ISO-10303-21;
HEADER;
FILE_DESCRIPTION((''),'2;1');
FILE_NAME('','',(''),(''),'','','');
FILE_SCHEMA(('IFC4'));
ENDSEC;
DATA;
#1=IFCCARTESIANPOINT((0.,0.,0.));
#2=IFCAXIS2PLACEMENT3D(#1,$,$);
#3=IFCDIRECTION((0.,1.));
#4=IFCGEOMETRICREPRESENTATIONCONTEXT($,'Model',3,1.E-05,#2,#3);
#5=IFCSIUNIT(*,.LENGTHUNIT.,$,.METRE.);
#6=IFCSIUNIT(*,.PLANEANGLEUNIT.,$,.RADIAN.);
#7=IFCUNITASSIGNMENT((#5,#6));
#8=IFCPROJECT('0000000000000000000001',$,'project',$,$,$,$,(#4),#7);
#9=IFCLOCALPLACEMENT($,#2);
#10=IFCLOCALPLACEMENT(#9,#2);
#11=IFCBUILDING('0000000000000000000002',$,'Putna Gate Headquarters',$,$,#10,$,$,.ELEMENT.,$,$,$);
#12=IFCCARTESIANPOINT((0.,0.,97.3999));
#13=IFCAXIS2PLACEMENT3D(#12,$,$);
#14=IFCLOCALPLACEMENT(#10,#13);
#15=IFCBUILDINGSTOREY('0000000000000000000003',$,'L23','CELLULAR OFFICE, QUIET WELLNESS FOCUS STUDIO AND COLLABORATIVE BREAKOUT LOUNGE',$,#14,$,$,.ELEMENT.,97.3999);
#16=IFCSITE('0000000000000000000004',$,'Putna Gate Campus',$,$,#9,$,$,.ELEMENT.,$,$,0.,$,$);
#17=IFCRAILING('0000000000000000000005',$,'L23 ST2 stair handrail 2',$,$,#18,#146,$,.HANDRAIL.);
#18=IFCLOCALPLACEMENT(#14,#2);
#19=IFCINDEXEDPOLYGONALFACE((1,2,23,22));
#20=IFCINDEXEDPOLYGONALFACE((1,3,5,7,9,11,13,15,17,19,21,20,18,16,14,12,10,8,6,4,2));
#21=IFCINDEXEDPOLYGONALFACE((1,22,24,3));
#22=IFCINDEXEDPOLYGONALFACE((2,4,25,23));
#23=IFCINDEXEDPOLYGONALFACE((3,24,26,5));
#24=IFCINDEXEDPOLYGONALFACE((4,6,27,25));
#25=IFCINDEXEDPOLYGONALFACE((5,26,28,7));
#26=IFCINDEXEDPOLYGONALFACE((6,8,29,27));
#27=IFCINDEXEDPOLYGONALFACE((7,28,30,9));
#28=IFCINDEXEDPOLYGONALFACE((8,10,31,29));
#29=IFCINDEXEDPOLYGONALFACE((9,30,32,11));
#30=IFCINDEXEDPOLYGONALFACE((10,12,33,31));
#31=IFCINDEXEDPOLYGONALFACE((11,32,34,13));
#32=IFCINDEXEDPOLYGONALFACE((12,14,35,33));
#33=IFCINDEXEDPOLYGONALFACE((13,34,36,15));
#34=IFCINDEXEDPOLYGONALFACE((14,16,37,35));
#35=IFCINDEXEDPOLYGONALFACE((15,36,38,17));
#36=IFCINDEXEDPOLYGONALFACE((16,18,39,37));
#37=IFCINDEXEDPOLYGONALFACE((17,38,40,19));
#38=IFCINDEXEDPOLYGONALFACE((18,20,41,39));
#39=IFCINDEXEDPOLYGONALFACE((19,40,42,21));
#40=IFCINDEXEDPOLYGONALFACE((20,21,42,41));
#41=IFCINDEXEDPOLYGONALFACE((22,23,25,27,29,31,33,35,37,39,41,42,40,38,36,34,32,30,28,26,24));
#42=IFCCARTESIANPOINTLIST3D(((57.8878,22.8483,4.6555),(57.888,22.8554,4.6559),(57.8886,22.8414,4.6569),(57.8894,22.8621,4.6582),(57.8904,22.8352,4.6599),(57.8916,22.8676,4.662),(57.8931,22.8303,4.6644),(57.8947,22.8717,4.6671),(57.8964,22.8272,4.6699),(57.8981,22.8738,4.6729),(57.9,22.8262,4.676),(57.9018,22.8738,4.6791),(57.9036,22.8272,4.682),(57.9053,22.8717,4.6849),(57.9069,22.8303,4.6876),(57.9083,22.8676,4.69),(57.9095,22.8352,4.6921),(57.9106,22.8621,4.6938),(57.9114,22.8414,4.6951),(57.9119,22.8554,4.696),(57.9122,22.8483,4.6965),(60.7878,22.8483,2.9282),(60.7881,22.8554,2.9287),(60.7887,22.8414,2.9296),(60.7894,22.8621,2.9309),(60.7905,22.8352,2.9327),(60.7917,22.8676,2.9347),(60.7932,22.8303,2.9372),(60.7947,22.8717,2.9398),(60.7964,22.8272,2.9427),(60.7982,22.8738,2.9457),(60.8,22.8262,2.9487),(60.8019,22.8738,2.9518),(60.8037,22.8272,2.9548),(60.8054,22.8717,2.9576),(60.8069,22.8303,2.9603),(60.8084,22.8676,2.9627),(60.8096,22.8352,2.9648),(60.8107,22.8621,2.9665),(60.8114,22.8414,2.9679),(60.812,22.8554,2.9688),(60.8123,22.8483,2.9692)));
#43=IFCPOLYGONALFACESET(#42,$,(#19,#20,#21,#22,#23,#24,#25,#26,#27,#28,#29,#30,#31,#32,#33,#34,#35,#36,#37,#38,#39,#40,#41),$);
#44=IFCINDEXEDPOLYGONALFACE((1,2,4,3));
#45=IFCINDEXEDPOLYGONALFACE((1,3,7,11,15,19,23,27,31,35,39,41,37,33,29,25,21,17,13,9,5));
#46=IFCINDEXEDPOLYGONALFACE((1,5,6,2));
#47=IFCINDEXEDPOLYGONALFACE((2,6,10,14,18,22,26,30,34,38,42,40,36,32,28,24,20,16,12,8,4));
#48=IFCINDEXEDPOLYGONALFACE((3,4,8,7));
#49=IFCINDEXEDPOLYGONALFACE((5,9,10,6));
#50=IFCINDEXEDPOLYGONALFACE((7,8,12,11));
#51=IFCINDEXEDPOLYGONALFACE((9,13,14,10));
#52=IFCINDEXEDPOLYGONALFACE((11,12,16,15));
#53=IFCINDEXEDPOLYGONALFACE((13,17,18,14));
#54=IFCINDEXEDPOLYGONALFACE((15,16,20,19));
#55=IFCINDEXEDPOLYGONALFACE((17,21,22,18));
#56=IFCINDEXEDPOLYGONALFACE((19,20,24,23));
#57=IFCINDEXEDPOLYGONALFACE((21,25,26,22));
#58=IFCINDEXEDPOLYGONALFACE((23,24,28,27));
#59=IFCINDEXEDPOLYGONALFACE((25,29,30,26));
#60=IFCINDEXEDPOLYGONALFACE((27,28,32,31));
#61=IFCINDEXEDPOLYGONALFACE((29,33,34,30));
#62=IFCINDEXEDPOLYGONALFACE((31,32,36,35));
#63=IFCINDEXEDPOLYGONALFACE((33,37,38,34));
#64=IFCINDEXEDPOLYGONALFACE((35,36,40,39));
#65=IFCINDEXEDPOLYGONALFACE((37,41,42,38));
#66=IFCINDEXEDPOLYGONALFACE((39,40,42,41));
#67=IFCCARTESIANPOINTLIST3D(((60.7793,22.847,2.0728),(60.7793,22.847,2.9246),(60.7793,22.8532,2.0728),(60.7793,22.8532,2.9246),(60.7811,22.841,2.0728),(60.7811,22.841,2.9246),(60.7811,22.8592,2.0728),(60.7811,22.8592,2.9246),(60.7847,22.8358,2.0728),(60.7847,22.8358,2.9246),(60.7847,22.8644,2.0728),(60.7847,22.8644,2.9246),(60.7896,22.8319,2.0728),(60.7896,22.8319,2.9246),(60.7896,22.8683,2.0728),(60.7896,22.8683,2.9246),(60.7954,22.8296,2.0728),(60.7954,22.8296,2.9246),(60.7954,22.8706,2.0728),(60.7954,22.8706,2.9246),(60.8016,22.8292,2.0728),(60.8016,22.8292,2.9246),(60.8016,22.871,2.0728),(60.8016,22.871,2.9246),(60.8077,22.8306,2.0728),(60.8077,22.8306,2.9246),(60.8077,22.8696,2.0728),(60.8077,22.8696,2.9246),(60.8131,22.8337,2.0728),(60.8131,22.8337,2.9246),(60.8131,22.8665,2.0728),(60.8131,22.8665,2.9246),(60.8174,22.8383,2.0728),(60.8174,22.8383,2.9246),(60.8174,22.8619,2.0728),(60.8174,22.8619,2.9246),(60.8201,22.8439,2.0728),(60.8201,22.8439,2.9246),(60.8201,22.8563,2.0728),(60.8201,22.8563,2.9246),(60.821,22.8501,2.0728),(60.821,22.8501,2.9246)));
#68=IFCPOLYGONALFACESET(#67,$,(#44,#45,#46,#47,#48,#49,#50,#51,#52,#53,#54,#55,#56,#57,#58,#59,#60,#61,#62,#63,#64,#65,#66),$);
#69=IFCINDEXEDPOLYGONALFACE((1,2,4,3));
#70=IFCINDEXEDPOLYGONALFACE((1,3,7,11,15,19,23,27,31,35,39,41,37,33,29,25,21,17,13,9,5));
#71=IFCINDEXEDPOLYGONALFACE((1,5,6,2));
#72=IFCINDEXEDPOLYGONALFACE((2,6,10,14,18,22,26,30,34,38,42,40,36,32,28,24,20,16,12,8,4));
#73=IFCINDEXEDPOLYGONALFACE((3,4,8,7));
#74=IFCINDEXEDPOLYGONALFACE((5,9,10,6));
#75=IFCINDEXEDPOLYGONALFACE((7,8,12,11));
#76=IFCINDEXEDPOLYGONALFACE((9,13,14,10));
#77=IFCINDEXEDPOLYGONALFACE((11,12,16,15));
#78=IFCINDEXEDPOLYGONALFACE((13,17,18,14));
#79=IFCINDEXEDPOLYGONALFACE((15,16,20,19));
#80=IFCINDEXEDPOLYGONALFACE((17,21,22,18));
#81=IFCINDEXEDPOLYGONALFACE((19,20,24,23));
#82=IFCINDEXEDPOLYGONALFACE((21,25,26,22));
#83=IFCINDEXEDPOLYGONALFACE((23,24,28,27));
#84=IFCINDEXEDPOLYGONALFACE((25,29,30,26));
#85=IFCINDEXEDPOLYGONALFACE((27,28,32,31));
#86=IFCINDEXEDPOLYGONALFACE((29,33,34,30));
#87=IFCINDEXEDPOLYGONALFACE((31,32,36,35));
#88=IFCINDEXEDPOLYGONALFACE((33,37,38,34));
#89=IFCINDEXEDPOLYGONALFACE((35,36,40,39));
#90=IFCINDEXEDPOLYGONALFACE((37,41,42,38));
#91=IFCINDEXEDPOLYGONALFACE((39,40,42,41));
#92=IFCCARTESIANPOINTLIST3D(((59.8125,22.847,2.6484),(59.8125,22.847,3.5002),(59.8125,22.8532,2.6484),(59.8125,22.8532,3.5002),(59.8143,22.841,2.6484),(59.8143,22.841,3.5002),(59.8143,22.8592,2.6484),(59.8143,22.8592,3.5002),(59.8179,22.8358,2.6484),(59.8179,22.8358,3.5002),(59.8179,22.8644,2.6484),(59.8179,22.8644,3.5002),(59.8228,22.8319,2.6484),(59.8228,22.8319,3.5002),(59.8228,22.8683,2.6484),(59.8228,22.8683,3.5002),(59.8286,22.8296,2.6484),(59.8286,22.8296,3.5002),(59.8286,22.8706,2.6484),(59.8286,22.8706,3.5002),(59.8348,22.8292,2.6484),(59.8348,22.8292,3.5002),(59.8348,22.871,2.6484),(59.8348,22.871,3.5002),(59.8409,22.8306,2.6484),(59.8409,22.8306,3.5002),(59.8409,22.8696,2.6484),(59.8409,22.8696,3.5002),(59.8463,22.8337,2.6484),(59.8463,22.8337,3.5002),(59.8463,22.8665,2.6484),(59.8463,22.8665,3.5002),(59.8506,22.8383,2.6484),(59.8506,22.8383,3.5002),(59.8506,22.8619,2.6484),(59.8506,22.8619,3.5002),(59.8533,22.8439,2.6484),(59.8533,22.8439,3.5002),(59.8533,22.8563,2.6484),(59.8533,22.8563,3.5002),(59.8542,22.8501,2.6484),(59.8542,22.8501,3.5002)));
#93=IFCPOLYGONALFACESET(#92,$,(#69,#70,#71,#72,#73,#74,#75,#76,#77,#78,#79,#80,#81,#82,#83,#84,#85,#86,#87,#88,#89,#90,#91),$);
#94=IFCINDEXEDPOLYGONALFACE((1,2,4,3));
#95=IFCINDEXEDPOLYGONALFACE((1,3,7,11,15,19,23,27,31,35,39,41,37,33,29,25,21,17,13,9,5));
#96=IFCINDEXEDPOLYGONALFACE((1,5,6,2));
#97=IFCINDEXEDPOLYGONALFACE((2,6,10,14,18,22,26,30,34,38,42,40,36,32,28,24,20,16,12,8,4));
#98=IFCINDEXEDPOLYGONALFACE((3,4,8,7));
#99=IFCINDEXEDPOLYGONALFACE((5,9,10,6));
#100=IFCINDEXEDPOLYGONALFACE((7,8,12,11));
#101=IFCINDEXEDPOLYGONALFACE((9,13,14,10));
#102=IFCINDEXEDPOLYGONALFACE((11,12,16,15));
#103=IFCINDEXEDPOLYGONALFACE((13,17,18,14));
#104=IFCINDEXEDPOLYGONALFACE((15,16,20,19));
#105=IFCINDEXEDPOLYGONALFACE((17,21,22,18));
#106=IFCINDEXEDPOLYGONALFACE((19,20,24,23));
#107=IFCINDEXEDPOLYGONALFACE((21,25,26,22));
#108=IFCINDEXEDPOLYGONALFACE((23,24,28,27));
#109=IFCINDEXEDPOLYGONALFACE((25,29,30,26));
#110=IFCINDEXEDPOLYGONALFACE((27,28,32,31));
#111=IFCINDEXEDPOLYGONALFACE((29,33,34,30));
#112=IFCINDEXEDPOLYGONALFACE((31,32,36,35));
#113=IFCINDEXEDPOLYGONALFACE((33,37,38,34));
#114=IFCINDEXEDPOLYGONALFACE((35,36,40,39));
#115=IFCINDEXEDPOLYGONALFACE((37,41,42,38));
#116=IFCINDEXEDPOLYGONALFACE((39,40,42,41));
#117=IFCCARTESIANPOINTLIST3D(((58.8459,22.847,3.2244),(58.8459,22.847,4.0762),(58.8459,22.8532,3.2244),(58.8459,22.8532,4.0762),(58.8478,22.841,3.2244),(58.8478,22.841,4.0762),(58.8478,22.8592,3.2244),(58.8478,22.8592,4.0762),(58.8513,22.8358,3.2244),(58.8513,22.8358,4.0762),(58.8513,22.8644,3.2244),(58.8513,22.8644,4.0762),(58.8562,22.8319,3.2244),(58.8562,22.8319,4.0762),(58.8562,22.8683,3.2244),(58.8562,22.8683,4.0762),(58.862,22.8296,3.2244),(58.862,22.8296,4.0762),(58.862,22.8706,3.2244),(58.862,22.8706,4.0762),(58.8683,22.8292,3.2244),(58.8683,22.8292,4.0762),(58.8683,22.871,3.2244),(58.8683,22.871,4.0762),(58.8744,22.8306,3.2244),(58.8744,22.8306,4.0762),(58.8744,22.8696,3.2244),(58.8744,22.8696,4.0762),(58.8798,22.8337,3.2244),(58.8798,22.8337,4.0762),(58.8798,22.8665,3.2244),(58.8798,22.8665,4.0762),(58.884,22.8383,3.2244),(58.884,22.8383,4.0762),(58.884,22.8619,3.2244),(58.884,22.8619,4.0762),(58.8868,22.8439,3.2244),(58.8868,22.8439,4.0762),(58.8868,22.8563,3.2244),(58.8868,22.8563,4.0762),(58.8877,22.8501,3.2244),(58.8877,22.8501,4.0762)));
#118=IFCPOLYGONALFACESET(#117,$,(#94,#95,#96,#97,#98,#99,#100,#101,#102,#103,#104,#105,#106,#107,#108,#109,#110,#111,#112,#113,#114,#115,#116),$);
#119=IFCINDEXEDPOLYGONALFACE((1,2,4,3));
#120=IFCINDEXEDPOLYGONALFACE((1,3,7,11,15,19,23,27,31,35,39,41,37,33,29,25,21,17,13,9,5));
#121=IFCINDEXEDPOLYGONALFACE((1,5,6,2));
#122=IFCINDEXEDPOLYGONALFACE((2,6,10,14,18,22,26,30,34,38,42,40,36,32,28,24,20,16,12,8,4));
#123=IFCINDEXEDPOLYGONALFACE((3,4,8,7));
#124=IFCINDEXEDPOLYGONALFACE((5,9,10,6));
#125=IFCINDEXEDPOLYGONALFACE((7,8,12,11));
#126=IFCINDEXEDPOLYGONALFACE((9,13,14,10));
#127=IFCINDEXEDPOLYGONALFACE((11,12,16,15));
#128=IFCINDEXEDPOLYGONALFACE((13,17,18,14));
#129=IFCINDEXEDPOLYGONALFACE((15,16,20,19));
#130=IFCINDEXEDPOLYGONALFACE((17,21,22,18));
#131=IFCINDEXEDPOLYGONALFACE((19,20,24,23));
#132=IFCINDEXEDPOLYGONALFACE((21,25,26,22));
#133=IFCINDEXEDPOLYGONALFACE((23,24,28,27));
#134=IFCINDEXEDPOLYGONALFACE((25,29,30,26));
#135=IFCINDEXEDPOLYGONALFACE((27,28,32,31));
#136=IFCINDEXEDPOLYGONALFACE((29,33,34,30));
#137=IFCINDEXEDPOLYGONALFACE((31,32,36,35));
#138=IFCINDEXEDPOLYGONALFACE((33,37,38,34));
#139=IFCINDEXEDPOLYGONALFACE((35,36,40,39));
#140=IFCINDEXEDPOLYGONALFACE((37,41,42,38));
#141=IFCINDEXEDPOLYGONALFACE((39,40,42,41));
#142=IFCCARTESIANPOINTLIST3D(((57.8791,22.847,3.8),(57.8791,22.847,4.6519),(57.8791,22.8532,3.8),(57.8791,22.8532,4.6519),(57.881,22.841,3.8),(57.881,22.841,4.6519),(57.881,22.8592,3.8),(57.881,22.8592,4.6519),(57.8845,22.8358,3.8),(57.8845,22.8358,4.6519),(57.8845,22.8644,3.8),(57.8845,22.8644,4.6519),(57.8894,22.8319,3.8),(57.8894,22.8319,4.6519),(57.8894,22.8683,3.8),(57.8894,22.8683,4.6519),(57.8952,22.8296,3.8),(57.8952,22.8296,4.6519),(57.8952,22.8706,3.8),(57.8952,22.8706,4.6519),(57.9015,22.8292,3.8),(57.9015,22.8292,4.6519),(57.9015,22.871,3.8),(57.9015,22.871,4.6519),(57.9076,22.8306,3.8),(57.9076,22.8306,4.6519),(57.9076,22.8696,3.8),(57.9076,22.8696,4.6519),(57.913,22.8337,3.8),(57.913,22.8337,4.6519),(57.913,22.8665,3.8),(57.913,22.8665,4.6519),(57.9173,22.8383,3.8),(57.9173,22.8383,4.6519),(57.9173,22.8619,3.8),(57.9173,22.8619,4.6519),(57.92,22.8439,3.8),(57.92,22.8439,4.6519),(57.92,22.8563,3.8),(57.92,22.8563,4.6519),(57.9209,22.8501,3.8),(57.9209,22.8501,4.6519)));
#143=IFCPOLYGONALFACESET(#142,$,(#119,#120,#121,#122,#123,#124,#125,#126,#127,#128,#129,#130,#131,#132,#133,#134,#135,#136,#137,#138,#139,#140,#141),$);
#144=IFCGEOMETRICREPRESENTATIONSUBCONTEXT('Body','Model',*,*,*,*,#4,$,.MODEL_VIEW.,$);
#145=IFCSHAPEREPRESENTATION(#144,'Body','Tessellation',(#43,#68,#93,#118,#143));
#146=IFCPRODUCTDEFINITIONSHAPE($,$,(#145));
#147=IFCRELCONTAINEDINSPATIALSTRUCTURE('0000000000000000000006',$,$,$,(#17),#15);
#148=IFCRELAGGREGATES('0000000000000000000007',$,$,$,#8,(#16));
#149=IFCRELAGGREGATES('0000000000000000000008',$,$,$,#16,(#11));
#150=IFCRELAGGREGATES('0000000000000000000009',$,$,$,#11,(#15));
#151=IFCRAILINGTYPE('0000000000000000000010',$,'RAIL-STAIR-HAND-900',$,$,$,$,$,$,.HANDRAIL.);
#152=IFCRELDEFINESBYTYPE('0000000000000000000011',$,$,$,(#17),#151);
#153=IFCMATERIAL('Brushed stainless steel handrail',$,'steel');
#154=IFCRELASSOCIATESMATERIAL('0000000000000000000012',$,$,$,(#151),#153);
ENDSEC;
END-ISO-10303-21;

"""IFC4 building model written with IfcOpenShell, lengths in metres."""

from ifc_helpers import new_model, si_unit, direction, frame, origin, origin_2d, place, context, subcontext, project, spatial, circle, extrude, material, type_object, element, save


model = new_model("IFC4")

# Units and contexts
model_context = context("Model", 3, precision=1e-05, world=origin(), true_north=direction((0.0, 1.0)))
body_context = subcontext(model_context, "Body", "Model", "MODEL_VIEW")
ifc_project = project(units=[si_unit("LENGTHUNIT", "METRE"), si_unit("PLANEANGLEUNIT", "RADIAN")], contexts=[model_context])

# Site, building, storey
site_placement = place(None, origin())
site = spatial("IfcSite", under=ifc_project, at=site_placement, Name="Putna Gate Campus", CompositionType="ELEMENT", RefElevation=0.0)
building_placement = place(site_placement, origin())
building = spatial("IfcBuilding", under=site, at=building_placement, Name="Putna Gate Headquarters", CompositionType="ELEMENT")
storey_placement = place(building_placement, frame((0.0, 0.0, 97.3999)))
storey = spatial("IfcBuildingStorey", under=building, at=storey_placement, Name="L23", Description="CELLULAR OFFICE, QUIET WELLNESS FOCUS STUDIO AND COLLABORATIVE BREAKOUT LOUNGE", CompositionType="ELEMENT", Elevation=97.3999)

# Railing
ifc_material_1 = material(Name="Brushed stainless steel handrail", Category="steel")
railing_type_1 = type_object("IfcRailingType", Name="RAIL-STAIR-HAND-900", PredefinedType="HANDRAIL", material=ifc_material_1)
railing_1_placement = place(storey_placement, frame((60.8, 22.8501, 2.0728)))
element("IfcRailing", 1, at=railing_1_placement, inside=storey, type_object=railing_type_1, Name="L23 ST2 stair handrail 2", PredefinedType="HANDRAIL", context=body_context, shape_type="SweptSolid", body=[
    extrude(circle(Radius=0.0239, at=origin_2d()), frame((0.0, 0.0, 0.876), z_axis=(-0.85916, 0.0, 0.511706), x_axis=(0.0, -1.0, 0.0)), (0.0, 0.0, 1.0), 3.3755),
    extrude(circle(Radius=0.021, at=origin_2d()), origin(), (0.0, 0.0, 1.0), 0.8518),
    extrude(circle(Radius=0.021, at=origin_2d()), frame((-0.9668, 0.0, 0.5757)), (0.0, 0.0, 1.0), 0.8518),
    extrude(circle(Radius=0.021, at=origin_2d()), frame((-1.9333, 0.0, 1.1516)), (0.0, 0.0, 1.0), 0.8518),
    extrude(circle(Radius=0.021, at=origin_2d()), frame((-2.9001, 0.0, 1.7273)), (0.0, 0.0, 1.0), 0.8518),
])

save(model, "model.ifc")
